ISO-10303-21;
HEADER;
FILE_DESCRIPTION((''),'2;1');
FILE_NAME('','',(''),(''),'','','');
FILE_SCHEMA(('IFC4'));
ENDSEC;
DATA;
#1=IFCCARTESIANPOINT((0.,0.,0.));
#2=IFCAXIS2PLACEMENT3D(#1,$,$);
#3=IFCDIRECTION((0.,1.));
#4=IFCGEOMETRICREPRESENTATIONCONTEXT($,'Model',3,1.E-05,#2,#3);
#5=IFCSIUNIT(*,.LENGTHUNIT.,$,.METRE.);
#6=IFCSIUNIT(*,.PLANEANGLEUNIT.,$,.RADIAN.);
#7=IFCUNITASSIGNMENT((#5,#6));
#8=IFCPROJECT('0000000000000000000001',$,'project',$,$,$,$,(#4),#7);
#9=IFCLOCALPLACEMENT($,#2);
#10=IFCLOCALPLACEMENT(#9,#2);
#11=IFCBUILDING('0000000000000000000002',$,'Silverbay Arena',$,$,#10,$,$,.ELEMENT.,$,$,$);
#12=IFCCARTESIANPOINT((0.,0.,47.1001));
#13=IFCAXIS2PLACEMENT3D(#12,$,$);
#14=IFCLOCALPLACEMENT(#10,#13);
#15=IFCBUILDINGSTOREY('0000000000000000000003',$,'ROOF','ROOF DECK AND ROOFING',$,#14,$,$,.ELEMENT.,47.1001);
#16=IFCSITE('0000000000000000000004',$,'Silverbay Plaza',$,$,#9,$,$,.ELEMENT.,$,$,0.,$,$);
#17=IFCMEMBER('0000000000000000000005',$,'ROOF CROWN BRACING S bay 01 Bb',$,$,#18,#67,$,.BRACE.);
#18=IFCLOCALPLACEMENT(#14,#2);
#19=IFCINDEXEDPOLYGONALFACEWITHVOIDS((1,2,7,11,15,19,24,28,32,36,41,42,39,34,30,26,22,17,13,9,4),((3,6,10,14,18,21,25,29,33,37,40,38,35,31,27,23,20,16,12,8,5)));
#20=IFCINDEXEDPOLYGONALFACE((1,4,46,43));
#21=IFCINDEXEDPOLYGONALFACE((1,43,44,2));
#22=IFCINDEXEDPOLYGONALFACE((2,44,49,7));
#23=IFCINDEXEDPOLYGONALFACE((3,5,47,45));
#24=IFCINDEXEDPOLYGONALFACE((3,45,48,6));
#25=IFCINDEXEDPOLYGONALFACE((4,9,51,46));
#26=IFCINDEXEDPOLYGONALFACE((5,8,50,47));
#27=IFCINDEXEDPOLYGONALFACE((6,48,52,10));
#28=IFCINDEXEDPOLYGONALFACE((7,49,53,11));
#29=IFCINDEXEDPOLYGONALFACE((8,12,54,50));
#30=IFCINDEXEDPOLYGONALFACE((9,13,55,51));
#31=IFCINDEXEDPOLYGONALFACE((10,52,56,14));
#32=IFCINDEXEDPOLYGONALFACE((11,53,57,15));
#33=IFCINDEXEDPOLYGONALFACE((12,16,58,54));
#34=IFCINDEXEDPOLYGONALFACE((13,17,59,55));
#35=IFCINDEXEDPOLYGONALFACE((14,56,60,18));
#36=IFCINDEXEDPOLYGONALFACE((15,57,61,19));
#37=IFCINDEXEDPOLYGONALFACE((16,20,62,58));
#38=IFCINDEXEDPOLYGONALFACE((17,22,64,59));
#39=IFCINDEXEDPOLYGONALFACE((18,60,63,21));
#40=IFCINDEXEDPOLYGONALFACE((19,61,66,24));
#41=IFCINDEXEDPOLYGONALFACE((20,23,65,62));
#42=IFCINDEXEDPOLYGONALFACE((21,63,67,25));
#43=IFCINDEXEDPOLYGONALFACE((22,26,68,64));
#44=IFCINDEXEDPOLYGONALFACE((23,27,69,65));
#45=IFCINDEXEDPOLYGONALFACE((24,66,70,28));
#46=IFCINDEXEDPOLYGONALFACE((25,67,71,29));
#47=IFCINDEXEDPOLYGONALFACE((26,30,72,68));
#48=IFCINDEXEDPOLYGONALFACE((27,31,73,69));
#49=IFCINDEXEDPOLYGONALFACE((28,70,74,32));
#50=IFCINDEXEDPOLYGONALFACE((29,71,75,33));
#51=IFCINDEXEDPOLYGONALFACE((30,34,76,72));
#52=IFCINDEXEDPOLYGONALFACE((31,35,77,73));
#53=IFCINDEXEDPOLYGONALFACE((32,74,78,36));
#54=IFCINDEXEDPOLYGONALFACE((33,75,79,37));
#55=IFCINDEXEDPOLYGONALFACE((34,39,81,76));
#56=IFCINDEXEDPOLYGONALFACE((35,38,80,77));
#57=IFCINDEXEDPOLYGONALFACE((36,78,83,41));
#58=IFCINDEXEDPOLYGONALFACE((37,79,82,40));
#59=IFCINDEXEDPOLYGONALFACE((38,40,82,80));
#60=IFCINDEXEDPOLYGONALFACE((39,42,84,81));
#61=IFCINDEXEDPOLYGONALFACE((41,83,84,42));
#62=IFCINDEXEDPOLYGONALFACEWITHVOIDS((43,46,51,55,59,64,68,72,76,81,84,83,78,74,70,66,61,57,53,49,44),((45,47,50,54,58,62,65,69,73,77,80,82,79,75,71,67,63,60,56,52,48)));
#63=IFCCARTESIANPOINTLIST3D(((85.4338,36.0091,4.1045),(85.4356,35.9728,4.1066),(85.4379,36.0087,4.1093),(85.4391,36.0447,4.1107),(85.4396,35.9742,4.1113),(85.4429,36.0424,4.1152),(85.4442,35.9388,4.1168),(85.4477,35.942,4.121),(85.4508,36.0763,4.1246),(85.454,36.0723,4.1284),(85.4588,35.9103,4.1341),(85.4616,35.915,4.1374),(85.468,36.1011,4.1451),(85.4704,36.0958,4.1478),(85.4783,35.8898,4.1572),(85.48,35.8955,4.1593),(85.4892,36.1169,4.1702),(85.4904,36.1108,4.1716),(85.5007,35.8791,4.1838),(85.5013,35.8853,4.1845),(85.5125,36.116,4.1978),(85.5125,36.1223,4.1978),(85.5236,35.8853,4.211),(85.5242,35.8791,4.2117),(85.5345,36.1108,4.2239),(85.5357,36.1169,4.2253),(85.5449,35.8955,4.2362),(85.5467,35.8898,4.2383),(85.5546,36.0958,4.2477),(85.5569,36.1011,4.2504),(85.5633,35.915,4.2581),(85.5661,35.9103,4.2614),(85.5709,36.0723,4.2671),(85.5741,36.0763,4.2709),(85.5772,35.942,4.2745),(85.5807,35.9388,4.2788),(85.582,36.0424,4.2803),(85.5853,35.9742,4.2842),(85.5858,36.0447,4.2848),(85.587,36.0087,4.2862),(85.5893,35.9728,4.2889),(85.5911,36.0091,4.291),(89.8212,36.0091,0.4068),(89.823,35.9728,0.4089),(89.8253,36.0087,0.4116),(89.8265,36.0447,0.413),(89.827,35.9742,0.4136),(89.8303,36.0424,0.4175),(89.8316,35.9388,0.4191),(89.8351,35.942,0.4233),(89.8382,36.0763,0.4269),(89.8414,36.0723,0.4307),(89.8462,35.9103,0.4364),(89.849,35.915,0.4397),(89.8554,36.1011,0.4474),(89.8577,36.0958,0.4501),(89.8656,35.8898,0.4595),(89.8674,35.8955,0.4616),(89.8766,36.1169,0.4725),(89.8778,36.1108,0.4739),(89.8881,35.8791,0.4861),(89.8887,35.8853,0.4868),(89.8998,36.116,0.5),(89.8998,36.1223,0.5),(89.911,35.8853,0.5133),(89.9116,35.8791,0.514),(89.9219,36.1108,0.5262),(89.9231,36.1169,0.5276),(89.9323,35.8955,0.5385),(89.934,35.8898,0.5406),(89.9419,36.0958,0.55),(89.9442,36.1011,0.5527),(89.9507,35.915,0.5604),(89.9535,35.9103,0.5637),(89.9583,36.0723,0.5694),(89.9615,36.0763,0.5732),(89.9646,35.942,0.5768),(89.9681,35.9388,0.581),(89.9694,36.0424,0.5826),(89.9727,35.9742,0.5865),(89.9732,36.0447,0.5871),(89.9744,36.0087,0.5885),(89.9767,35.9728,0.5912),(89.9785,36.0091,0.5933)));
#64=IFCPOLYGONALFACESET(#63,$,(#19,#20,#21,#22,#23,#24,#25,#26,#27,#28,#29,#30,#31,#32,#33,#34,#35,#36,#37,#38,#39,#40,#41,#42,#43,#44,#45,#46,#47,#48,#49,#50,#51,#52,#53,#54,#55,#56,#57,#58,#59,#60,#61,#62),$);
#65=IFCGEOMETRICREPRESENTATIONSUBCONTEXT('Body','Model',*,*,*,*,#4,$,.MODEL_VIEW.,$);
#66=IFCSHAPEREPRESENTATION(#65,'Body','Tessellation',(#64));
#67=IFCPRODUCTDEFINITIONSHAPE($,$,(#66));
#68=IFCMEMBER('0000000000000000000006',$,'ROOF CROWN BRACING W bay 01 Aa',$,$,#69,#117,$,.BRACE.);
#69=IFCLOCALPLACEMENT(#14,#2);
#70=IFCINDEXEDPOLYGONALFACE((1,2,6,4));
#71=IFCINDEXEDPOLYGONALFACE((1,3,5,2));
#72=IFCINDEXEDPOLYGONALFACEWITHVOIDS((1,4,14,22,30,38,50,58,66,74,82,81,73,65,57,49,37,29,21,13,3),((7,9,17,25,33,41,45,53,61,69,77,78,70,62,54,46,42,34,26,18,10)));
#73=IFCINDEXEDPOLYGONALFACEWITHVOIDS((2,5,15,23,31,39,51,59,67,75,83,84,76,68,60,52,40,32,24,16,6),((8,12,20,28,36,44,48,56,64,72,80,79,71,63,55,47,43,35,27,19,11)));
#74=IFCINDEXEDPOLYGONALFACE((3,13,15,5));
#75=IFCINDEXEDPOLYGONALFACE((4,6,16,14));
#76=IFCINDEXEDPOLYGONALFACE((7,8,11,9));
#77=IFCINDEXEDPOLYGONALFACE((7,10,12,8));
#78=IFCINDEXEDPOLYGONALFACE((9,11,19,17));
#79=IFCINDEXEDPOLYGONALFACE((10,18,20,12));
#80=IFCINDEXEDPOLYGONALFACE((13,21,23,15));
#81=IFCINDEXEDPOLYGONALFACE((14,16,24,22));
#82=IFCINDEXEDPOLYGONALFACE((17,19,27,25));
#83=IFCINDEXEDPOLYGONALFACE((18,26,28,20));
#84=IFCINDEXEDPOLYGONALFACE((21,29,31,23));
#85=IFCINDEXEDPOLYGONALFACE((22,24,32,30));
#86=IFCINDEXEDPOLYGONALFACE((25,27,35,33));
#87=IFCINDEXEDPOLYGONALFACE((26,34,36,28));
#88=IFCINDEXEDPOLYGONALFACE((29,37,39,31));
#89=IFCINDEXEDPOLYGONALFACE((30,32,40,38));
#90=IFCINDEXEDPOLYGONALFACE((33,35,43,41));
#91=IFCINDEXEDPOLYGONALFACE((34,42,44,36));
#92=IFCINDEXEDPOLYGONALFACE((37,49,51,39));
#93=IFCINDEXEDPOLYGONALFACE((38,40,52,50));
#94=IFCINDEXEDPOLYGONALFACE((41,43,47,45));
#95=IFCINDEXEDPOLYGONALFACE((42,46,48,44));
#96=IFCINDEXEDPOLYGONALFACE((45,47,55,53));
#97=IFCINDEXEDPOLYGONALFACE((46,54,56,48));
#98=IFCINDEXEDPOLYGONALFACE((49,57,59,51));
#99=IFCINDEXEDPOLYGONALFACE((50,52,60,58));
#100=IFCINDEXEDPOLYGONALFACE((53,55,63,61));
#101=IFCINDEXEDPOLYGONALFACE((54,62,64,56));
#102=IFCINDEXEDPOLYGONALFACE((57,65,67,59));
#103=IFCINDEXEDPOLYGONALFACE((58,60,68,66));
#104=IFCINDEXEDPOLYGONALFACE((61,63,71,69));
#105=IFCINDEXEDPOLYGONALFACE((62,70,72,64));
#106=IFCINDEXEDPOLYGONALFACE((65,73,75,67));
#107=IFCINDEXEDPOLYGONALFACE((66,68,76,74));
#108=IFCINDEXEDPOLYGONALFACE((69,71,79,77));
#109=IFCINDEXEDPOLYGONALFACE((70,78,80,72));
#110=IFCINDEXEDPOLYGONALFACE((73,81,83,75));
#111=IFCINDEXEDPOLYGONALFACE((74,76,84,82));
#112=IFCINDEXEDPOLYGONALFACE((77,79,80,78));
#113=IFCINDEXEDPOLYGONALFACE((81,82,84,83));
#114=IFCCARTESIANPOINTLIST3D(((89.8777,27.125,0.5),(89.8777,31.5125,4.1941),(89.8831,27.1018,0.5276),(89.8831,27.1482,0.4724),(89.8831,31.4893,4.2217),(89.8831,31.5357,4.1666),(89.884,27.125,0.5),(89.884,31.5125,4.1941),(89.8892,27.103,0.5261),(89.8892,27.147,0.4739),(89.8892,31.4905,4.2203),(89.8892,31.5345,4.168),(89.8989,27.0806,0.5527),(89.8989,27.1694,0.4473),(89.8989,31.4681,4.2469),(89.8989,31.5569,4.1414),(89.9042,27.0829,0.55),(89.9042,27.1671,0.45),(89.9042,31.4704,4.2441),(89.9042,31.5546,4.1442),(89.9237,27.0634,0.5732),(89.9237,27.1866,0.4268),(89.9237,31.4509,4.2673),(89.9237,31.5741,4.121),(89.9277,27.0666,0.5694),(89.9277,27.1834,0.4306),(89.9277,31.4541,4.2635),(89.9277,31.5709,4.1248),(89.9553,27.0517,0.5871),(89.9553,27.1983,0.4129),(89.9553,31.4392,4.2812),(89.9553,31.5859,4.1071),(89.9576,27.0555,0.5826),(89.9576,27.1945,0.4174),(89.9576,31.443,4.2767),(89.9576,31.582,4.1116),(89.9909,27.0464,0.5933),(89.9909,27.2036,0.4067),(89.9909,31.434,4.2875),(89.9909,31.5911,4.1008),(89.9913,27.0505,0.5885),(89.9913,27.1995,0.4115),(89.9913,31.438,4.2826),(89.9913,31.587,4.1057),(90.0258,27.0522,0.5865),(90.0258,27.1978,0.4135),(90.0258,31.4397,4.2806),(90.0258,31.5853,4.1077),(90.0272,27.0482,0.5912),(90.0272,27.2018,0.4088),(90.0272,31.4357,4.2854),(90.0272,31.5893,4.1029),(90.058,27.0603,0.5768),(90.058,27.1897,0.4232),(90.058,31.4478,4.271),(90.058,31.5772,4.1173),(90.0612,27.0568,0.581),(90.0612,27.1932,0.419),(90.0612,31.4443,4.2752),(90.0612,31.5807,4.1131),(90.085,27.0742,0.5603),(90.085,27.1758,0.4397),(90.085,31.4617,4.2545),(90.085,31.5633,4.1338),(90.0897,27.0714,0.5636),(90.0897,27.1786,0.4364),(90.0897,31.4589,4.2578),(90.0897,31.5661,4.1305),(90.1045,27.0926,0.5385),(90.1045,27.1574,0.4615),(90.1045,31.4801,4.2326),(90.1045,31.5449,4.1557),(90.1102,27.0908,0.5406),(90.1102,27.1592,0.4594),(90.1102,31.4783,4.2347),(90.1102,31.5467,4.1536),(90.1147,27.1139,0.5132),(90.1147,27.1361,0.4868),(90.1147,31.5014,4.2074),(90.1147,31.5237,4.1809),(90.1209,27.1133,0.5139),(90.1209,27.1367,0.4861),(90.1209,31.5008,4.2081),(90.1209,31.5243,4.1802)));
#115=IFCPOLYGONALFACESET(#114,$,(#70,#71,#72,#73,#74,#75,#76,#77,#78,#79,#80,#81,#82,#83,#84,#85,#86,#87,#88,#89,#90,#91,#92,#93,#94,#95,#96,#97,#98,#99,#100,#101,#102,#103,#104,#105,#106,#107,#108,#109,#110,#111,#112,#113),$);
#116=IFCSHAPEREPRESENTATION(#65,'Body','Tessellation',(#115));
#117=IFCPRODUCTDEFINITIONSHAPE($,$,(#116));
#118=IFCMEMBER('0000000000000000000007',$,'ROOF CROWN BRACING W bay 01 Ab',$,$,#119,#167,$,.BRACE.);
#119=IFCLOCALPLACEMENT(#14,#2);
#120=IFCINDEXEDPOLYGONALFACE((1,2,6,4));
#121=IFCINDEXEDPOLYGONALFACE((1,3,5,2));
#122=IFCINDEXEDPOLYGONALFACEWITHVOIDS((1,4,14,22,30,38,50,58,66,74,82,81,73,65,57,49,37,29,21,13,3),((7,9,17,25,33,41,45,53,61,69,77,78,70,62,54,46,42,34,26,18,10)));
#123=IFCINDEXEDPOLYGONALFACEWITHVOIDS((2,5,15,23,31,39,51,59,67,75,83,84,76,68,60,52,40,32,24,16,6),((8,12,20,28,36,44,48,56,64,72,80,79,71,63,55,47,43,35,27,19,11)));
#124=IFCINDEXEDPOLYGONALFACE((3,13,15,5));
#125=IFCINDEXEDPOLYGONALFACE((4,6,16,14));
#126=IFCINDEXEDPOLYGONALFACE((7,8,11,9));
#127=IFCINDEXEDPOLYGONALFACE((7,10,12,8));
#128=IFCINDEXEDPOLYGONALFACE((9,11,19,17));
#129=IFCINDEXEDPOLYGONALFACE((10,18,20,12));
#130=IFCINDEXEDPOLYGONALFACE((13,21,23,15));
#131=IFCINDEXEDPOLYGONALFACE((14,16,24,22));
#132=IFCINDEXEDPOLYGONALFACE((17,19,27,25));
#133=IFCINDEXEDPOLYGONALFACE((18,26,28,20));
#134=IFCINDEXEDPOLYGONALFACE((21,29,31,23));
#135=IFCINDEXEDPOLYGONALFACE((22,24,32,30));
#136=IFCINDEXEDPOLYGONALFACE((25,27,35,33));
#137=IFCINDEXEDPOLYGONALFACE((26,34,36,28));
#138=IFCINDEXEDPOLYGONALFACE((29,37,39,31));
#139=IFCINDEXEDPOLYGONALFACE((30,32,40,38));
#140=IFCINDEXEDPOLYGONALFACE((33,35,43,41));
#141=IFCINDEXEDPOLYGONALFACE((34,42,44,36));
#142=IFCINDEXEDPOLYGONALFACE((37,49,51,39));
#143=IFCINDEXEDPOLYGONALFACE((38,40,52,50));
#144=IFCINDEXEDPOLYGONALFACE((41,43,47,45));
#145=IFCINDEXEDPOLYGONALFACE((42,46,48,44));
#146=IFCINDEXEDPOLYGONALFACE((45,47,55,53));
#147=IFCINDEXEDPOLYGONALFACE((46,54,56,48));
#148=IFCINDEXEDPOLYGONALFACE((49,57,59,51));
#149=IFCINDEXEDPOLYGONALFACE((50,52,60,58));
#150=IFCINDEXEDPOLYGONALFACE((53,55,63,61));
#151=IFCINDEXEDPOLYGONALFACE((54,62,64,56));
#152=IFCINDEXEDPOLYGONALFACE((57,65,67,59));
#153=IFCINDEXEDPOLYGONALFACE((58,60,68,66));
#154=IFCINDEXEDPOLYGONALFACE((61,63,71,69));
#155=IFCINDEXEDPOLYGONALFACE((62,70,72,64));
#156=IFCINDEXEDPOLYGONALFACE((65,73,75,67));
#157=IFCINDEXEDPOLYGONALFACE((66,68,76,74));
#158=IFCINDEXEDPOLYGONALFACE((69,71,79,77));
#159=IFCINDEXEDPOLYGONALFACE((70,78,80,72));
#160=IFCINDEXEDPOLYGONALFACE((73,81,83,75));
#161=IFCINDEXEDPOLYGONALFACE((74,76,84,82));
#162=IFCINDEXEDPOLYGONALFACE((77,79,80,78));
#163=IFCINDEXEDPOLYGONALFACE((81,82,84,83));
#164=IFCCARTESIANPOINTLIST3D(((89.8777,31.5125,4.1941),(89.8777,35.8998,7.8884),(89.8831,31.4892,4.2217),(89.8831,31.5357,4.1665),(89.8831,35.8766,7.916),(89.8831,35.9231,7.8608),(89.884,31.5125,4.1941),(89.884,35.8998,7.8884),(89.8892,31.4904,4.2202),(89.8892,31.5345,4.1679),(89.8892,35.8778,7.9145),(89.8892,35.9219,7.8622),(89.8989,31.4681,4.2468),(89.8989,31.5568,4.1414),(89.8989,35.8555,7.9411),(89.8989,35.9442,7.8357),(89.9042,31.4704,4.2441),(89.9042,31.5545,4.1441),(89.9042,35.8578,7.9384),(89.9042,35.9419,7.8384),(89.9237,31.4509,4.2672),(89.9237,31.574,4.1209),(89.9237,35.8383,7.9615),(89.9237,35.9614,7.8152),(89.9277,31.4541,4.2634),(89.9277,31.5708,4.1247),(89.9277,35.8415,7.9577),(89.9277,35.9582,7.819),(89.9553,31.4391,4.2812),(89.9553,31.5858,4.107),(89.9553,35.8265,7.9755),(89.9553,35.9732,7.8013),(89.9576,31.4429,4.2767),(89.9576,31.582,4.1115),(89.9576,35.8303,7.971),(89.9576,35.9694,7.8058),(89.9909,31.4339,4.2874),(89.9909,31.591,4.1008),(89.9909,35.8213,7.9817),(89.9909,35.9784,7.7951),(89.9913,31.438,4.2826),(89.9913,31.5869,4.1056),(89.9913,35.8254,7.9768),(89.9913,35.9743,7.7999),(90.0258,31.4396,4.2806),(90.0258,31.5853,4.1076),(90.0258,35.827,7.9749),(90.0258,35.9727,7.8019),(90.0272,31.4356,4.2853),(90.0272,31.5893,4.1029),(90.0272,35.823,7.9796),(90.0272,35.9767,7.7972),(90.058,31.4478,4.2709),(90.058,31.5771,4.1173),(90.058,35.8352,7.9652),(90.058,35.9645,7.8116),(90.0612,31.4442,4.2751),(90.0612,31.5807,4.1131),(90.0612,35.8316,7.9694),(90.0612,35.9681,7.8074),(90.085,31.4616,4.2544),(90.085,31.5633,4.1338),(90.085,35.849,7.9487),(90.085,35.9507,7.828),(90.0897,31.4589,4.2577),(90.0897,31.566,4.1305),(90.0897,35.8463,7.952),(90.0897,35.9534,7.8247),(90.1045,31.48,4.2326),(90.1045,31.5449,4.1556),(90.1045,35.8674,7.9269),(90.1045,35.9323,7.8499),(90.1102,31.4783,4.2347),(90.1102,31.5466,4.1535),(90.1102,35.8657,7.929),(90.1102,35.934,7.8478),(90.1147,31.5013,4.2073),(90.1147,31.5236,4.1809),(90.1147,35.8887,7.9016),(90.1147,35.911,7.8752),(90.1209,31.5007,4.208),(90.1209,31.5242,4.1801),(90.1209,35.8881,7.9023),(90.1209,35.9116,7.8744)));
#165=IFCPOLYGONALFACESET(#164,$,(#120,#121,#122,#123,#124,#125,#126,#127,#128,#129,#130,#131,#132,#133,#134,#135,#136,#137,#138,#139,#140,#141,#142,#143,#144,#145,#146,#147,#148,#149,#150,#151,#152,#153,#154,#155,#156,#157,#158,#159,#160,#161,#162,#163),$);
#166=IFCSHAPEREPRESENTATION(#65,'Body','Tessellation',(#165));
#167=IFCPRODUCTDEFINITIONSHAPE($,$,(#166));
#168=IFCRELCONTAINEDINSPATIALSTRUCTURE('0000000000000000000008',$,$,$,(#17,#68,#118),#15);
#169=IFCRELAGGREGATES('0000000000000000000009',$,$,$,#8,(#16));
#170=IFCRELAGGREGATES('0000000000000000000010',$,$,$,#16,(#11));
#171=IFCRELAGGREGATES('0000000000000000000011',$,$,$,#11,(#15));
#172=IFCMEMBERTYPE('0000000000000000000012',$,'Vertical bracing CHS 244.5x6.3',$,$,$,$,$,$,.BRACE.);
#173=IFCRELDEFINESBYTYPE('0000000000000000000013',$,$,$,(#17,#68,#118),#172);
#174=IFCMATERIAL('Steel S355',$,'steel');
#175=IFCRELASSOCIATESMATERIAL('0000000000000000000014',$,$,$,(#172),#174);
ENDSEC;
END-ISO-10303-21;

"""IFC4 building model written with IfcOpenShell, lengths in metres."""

from ifc_helpers import new_model, si_unit, direction, frame, origin, origin_2d, place, context, subcontext, project, spatial, hollow_circle, extrude, material, material_profile, profile_set, type_object, element, save


model = new_model("IFC4")

# Units and contexts
model_context = context("Model", 3, precision=1e-05, world=origin(), true_north=direction((0.0, 1.0)))
body_context = subcontext(model_context, "Body", "Model", "MODEL_VIEW")
ifc_project = project(units=[si_unit("LENGTHUNIT", "METRE"), si_unit("PLANEANGLEUNIT", "RADIAN")], contexts=[model_context])

# Site, building, storey
site_placement = place(None, origin())
site = spatial("IfcSite", under=ifc_project, at=site_placement, Name="Silverbay Plaza", CompositionType="ELEMENT", RefElevation=0.0)
building_placement = place(site_placement, origin())
building = spatial("IfcBuilding", under=site, at=building_placement, Name="Silverbay Arena", CompositionType="ELEMENT")
storey_placement = place(building_placement, frame((0.0, 0.0, 47.1001)))
storey = spatial("IfcBuildingStorey", under=building, at=storey_placement, Name="ROOF", Description="ROOF DECK AND ROOFING", CompositionType="ELEMENT", Elevation=47.1001)

# Members
ifc_material_1 = material(Name="Steel S355", Category="steel")
ifc_material_profile_1 = material_profile(ifc_material_1, hollow_circle(Radius=0.1223, WallThickness=0.0063, at=origin_2d()), Name="CHS 244.5x6.3")
ifc_profile_set_1 = profile_set([ifc_material_profile_1], Name="Steel S355")
member_type_1 = type_object("IfcMemberType", Name="Vertical bracing CHS 244.5x6.3", PredefinedType="BRACE", material=ifc_profile_set_1)
member_1_placement = place(storey_placement, frame((85.5125, 36.0, 4.1978), z_axis=(0.764649, 0.0, -0.644448), x_axis=(0.0, 1.0, 0.0)))
element("IfcMember", 1, at=member_1_placement, inside=storey, type_object=member_type_1, Name="ROOF CROWN BRACING S bay 01 Bb", PredefinedType="BRACE", context=body_context, shape_type="SweptSolid", body=[
    extrude(hollow_circle(Radius=0.1223, WallThickness=0.0063, at=origin_2d()), origin(), (0.0, 0.0, 1.0), 5.7378),
])
for number, where, z_axis, x_axis, name in (
    (2, (90.0, 27.125, 0.5), (0.0, 0.764963, 0.644074), (-1.0, 0.0, 0.0), "ROOF CROWN BRACING W bay 01 Aa"),
    (3, (90.0, 31.5125, 4.1941), (0.0, 0.764942, 0.644099), (-1.0, 0.0, 0.0), "ROOF CROWN BRACING W bay 01 Ab"),
):
    element("IfcMember", number, at=place(storey_placement, frame(where, z_axis=z_axis, x_axis=x_axis)), inside=storey, type_object=member_type_1, Name=name, PredefinedType="BRACE", context=body_context, shape_type="SweptSolid", body=[
        extrude(hollow_circle(Radius=0.1223, WallThickness=0.0063, at=origin_2d()), origin(), (0.0, 0.0, 1.0), 5.7356),
    ])

save(model, "model.ifc")
